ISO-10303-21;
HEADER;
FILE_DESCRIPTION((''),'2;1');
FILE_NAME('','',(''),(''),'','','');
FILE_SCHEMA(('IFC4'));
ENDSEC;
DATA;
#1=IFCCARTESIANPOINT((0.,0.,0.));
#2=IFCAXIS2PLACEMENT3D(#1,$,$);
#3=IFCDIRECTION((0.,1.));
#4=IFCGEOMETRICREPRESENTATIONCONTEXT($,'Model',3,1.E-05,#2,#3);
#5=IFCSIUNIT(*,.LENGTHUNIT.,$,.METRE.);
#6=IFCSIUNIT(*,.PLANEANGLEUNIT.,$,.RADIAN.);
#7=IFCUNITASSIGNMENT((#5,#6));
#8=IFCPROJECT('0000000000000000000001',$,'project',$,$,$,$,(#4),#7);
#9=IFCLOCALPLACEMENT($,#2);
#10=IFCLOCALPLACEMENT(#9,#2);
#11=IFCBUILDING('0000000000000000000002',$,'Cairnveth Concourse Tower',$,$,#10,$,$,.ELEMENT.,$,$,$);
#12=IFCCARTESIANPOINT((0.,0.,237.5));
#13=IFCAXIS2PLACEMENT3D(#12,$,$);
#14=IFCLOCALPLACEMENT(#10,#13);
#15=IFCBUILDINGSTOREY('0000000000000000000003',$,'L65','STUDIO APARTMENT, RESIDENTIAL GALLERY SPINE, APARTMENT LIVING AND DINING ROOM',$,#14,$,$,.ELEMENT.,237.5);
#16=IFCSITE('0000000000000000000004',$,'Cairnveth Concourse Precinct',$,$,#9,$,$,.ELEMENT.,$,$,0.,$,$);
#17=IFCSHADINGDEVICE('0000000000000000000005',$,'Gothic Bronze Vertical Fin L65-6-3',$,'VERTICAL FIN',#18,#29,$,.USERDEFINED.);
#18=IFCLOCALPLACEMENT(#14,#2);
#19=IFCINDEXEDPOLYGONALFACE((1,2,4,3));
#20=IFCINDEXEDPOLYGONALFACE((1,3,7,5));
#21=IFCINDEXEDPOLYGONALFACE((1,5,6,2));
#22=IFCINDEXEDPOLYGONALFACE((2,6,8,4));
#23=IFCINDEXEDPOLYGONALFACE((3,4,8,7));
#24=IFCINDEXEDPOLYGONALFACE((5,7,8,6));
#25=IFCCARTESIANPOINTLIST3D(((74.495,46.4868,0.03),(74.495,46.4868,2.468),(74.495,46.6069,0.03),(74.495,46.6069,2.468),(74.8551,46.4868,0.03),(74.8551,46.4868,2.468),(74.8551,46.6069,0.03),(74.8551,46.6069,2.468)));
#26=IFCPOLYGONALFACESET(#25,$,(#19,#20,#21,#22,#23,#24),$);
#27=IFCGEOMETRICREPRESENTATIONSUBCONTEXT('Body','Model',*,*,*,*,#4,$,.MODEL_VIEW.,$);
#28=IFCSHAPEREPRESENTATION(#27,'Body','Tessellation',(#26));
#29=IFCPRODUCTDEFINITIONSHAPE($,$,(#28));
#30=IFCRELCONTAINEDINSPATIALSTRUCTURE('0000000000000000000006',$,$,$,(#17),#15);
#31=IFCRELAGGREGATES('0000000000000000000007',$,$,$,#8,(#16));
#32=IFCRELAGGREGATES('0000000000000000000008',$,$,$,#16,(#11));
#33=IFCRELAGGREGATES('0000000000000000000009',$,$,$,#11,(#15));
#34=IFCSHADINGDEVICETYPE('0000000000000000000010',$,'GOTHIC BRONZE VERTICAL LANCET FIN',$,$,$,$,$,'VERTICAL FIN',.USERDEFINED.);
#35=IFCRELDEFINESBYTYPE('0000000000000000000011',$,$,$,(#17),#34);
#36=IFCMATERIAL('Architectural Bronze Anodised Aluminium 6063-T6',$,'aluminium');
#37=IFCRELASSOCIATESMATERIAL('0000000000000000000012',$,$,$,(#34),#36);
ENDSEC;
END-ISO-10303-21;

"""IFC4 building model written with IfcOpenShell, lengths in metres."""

from ifc_helpers import new_model, si_unit, direction, frame, origin, origin_2d, place, context, subcontext, project, spatial, rectangle, extrude, material, type_object, element, save


model = new_model("IFC4")

# Units and contexts
model_context = context("Model", 3, precision=1e-05, world=origin(), true_north=direction((0.0, 1.0)))
body_context = subcontext(model_context, "Body", "Model", "MODEL_VIEW")
ifc_project = project(units=[si_unit("LENGTHUNIT", "METRE"), si_unit("PLANEANGLEUNIT", "RADIAN")], contexts=[model_context])

# Site, building, storey
site_placement = place(None, origin())
site = spatial("IfcSite", under=ifc_project, at=site_placement, Name="Cairnveth Concourse Precinct", CompositionType="ELEMENT", RefElevation=0.0)
building_placement = place(site_placement, origin())
building = spatial("IfcBuilding", under=site, at=building_placement, Name="Cairnveth Concourse Tower", CompositionType="ELEMENT")
storey_placement = place(building_placement, frame((0.0, 0.0, 237.5)))
storey = spatial("IfcBuildingStorey", under=building, at=storey_placement, Name="L65", Description="STUDIO APARTMENT, RESIDENTIAL GALLERY SPINE, APARTMENT LIVING AND DINING ROOM", CompositionType="ELEMENT", Elevation=237.5)

# Shading device
ifc_material_1 = material(Name="Architectural Bronze Anodised Aluminium 6063-T6", Category="aluminium")
shading_device_type = type_object("IfcShadingDeviceType", Name="GOTHIC BRONZE VERTICAL LANCET FIN", ElementType="VERTICAL FIN", PredefinedType="USERDEFINED", material=ifc_material_1)
shading_device_placement = place(storey_placement, frame((74.675, 46.5469, 0.03), z_axis=(0.0, 0.0, 1.0), x_axis=(0.0, 1.0, 0.0)))
element("IfcShadingDevice", 1, at=shading_device_placement, inside=storey, type_object=shading_device_type, Name="Gothic Bronze Vertical Fin L65-6-3", ObjectType="VERTICAL FIN", PredefinedType="USERDEFINED", context=body_context, shape_type="SweptSolid", body=[
    extrude(rectangle(XDim=0.1201, YDim=0.3601, at=origin_2d()), origin(), (0.0, 0.0, 1.0), 2.438),
])

save(model, "model.ifc")
